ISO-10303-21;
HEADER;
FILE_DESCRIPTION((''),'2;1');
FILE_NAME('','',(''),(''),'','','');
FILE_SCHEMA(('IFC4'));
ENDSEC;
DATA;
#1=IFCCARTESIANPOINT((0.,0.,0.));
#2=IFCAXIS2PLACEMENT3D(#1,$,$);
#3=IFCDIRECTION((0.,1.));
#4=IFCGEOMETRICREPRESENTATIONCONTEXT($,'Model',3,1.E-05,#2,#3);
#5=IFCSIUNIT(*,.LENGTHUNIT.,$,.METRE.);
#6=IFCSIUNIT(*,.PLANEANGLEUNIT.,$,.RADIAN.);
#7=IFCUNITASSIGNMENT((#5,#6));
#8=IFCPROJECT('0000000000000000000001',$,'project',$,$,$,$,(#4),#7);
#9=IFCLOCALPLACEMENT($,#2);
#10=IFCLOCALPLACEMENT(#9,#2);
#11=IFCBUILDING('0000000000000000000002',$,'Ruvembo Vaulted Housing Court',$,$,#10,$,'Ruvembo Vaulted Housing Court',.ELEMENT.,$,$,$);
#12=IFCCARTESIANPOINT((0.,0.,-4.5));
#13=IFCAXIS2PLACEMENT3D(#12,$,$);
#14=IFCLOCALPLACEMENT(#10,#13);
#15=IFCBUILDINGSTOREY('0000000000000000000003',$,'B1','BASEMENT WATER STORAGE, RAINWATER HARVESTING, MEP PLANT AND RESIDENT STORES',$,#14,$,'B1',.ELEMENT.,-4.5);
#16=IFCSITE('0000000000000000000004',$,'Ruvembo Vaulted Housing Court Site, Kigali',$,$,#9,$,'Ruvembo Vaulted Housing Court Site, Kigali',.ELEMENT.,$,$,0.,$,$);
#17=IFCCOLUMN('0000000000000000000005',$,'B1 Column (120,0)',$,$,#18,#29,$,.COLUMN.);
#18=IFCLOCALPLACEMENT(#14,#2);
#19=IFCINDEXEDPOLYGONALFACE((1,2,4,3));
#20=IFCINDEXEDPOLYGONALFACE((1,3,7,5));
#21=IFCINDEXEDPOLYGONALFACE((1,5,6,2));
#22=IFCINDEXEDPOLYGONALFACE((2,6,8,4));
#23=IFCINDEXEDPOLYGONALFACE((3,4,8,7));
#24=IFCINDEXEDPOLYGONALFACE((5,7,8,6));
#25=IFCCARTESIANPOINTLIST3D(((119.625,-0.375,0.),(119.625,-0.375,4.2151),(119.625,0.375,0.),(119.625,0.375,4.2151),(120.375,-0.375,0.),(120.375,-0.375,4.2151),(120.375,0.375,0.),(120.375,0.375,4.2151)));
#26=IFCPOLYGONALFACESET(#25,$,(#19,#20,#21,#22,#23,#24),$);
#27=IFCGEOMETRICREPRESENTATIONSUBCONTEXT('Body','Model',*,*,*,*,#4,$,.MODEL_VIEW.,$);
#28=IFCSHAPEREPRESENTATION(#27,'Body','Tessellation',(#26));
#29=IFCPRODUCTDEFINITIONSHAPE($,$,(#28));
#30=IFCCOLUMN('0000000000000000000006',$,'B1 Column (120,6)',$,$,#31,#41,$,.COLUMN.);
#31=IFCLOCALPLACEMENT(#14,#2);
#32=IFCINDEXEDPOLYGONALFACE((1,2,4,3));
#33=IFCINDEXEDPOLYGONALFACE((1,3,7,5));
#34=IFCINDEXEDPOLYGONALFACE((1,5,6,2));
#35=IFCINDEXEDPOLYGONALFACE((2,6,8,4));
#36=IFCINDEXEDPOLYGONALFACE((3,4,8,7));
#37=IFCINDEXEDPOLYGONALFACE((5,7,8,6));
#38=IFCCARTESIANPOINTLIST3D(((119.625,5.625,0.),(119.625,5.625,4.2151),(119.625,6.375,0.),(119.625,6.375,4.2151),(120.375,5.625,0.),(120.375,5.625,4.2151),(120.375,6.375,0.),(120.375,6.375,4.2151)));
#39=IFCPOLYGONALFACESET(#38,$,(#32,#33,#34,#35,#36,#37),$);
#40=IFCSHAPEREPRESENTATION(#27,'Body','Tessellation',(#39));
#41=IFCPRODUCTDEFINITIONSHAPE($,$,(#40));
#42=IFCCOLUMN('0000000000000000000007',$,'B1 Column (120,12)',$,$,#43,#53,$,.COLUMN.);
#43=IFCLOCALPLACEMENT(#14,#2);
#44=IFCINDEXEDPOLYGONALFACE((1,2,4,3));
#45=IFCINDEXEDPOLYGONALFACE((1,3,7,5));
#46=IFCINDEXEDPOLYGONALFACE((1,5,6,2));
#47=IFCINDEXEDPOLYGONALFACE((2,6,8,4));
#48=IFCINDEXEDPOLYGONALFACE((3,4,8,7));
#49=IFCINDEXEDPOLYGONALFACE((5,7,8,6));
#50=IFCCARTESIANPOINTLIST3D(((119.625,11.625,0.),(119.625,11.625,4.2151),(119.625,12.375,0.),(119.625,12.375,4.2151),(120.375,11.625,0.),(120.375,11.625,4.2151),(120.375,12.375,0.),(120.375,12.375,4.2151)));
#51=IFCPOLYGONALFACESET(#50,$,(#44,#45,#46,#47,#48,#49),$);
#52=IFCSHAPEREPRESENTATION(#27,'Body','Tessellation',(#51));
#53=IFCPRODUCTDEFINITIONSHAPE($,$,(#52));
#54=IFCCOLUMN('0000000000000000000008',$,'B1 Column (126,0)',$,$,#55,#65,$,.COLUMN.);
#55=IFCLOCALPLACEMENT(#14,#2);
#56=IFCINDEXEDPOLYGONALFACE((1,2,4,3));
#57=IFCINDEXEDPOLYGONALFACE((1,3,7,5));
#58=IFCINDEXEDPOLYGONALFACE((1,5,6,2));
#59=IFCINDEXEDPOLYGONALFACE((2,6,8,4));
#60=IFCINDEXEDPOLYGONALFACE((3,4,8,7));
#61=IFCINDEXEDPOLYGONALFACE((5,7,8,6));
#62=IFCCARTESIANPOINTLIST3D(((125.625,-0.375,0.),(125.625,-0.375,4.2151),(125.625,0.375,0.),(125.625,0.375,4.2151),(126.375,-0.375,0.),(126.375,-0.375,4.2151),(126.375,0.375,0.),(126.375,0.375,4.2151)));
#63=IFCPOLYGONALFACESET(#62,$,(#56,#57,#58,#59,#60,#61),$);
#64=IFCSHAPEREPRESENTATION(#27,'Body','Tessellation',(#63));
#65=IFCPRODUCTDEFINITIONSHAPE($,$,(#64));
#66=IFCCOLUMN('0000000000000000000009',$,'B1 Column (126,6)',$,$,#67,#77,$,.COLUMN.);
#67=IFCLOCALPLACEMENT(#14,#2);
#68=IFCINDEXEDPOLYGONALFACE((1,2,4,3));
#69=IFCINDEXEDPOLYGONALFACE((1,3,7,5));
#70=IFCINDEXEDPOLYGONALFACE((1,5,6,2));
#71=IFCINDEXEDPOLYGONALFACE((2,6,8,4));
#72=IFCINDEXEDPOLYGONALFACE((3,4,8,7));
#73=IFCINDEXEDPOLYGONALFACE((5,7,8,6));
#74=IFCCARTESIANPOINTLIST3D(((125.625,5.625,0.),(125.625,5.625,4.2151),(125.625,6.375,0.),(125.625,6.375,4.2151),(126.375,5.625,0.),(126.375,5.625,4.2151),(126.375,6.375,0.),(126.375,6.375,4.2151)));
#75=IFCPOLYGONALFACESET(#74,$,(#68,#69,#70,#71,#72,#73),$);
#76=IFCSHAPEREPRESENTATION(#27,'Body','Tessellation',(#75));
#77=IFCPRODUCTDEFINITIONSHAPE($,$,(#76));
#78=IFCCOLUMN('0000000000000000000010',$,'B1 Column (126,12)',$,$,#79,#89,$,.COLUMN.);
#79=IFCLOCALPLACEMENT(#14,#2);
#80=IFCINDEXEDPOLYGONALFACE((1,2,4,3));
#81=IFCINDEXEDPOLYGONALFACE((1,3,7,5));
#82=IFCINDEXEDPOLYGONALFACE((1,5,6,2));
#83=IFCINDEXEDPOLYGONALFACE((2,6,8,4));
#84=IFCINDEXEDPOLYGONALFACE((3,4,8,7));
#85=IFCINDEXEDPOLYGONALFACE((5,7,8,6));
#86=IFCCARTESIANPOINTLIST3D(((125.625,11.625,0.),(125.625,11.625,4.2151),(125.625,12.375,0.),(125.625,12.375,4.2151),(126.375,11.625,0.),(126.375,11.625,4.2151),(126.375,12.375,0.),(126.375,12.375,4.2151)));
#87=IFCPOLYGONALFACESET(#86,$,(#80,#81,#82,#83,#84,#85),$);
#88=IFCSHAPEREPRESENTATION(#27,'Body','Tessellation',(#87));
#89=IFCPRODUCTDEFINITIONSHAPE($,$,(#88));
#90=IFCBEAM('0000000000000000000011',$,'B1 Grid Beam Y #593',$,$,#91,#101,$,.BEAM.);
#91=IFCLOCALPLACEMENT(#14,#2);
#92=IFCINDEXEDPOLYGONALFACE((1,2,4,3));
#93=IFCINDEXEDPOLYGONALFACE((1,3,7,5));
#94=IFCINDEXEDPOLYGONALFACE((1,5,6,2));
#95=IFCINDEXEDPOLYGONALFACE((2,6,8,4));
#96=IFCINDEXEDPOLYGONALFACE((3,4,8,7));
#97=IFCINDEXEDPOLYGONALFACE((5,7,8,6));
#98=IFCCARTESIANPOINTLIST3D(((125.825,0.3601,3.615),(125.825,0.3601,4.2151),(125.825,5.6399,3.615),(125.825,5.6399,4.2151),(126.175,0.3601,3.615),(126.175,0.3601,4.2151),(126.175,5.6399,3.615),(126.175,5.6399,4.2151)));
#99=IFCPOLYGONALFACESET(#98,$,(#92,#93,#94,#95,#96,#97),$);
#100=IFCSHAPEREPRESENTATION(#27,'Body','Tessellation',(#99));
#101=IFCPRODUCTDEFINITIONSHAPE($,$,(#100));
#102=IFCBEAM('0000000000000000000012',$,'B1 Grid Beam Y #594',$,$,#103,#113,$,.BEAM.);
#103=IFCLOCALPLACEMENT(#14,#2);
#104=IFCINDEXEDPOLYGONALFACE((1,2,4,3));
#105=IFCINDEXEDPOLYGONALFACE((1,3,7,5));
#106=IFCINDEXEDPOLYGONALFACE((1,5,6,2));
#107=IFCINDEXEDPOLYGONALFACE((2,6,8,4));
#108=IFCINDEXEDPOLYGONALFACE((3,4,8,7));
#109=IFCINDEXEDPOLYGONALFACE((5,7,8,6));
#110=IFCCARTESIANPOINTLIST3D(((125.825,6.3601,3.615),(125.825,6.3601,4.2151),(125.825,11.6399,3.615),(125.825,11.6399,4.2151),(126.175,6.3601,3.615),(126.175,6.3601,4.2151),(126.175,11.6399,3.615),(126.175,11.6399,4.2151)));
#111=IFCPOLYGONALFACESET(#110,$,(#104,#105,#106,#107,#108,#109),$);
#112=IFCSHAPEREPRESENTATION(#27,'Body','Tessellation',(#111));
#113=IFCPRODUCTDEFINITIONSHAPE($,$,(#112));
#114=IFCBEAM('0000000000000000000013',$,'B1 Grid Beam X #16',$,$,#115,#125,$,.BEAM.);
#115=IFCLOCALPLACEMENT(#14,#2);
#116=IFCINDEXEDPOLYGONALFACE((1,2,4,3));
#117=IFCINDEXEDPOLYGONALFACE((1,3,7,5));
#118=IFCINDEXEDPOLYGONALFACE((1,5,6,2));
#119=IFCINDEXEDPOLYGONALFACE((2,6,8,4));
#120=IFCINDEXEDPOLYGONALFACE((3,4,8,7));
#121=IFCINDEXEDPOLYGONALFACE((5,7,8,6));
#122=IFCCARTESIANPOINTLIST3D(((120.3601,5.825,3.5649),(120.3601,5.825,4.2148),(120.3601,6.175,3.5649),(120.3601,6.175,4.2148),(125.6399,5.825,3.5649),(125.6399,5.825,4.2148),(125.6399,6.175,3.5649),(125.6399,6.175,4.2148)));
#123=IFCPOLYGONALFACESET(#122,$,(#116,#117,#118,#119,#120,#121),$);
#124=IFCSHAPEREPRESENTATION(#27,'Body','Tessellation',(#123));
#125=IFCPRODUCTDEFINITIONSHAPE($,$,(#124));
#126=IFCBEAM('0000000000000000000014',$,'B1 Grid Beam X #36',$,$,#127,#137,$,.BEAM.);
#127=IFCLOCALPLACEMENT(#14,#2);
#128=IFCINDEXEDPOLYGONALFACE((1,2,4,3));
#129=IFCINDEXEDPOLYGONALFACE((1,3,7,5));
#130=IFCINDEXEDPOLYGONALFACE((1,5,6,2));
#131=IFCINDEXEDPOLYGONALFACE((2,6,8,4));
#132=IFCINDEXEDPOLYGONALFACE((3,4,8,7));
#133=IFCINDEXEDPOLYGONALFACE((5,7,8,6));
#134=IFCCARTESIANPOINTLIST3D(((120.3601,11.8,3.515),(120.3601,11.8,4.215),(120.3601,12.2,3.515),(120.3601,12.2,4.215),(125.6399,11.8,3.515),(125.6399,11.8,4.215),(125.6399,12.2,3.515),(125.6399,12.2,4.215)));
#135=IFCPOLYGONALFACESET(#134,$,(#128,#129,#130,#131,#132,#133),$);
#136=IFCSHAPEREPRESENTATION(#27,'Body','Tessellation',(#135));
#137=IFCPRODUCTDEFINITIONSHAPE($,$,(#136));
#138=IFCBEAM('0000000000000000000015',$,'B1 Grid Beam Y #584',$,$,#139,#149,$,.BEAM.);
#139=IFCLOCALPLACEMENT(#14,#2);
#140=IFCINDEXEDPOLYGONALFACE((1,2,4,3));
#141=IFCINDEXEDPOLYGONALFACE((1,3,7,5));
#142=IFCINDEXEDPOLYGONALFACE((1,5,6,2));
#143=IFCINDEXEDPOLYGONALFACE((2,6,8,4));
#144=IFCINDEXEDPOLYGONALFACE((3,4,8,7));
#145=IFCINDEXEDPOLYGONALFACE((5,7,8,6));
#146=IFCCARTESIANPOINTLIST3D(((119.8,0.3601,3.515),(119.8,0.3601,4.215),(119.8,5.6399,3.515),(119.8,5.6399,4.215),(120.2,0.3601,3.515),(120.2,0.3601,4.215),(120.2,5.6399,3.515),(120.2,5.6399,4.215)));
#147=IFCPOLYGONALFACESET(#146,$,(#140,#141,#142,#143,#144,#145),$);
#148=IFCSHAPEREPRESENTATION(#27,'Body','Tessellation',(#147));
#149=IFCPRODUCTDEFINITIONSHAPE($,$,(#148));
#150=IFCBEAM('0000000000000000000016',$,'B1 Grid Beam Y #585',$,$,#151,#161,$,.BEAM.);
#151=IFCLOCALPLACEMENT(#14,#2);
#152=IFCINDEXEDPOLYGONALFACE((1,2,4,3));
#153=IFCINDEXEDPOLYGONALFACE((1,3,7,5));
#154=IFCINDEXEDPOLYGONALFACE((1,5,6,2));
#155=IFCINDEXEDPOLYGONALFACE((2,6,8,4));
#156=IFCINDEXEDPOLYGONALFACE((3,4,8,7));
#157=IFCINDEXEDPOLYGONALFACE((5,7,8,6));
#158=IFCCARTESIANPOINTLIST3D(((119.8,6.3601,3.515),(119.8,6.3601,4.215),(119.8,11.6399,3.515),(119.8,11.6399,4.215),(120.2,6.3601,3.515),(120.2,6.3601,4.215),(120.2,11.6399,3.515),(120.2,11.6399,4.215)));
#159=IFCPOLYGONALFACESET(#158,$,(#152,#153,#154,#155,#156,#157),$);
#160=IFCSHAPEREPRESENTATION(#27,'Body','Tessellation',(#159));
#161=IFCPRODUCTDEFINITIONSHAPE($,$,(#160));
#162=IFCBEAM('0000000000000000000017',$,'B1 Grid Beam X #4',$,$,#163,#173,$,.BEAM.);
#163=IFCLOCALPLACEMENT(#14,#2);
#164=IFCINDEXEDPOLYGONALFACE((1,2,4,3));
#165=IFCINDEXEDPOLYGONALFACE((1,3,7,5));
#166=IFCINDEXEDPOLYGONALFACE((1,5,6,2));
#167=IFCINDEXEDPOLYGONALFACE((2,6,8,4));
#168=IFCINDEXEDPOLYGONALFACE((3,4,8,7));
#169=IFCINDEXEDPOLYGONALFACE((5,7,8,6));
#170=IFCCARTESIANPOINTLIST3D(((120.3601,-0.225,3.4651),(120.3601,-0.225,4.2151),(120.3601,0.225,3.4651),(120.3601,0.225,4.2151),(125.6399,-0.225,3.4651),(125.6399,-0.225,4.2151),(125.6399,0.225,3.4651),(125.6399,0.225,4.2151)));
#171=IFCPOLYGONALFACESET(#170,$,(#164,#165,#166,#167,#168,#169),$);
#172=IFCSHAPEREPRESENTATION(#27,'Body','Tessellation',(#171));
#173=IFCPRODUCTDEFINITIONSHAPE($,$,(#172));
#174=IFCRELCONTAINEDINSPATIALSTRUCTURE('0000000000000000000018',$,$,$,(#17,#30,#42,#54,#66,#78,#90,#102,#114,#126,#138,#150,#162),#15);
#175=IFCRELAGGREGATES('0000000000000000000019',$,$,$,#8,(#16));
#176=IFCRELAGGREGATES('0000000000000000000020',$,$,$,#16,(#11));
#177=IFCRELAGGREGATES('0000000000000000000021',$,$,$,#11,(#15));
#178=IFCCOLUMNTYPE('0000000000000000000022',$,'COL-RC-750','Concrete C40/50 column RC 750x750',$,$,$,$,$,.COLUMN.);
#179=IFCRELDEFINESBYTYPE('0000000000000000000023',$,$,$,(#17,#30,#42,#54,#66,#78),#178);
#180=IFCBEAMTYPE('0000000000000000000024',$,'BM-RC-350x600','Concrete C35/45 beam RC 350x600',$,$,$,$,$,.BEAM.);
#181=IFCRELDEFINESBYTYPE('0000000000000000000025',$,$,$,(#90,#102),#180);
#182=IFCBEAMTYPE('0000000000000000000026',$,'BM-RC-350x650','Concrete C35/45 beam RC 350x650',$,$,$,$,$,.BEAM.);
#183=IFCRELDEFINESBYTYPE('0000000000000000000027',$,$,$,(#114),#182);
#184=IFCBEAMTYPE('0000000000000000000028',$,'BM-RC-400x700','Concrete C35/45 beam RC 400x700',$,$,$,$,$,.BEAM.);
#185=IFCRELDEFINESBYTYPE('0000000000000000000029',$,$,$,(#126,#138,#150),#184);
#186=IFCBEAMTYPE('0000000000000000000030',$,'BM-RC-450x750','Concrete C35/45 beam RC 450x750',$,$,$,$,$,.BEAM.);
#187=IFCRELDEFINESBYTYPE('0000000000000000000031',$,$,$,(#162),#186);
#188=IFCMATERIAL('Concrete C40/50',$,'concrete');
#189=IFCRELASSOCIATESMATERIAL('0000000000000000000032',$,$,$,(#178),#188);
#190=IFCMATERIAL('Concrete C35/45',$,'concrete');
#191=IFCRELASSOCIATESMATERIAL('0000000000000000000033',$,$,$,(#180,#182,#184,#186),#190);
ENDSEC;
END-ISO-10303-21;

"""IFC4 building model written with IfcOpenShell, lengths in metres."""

from ifc_helpers import new_model, si_unit, direction, frame, origin, origin_2d, place, context, subcontext, project, spatial, rectangle, extrude, material, material_profile, profile_set, type_object, element, save


model = new_model("IFC4")

# Units and contexts
model_context = context("Model", 3, precision=1e-05, world=origin(), true_north=direction((0.0, 1.0)))
body_context = subcontext(model_context, "Body", "Model", "MODEL_VIEW")
ifc_project = project(units=[si_unit("LENGTHUNIT", "METRE"), si_unit("PLANEANGLEUNIT", "RADIAN")], contexts=[model_context])

# Site, building, storey
site_placement = place(None, origin())
site = spatial("IfcSite", under=ifc_project, at=site_placement, Name="Ruvembo Vaulted Housing Court Site, Kigali", LongName="Ruvembo Vaulted Housing Court Site, Kigali", CompositionType="ELEMENT", RefElevation=0.0)
building_placement = place(site_placement, origin())
building = spatial("IfcBuilding", under=site, at=building_placement, Name="Ruvembo Vaulted Housing Court", LongName="Ruvembo Vaulted Housing Court", CompositionType="ELEMENT")
storey_placement = place(building_placement, frame((0.0, 0.0, -4.5)))
storey = spatial("IfcBuildingStorey", under=building, at=storey_placement, Name="B1", Description="BASEMENT WATER STORAGE, RAINWATER HARVESTING, MEP PLANT AND RESIDENT STORES", LongName="B1", CompositionType="ELEMENT", Elevation=-4.5)

# Shared definitions
ifc_material_1 = material(Name="Concrete C35/45", Category="concrete")

# Columns
ifc_material_2 = material(Name="Concrete C40/50", Category="concrete")
ifc_material_profile_1 = material_profile(ifc_material_2, rectangle(XDim=0.75, YDim=0.75, at=origin_2d()), Name="RC 750x750")
ifc_profile_set_1 = profile_set([ifc_material_profile_1], Name="Concrete C40/50")
column_type = type_object("IfcColumnType", Name="COL-RC-750", Description="Concrete C40/50 column RC 750x750", PredefinedType="COLUMN", material=ifc_profile_set_1)
for number, where, z_axis, x_axis, name in (
    (1, (120.0, 0.0, 0.0), (0.0, 0.0, 1.0), (1.0, 0.0, 0.0), "B1 Column (120,0)"),
    (2, (120.0, 6.0, 0.0), (0.0, 0.0, 1.0), (1.0, 0.0, 0.0), "B1 Column (120,6)"),
    (3, (120.0, 12.0, 0.0), (0.0, 0.0, 1.0), (1.0, 0.0, 0.0), "B1 Column (120,12)"),
    (4, (126.0, 0.0, 0.0), (0.0, 0.0, 1.0), (1.0, 0.0, 0.0), "B1 Column (126,0)"),
    (5, (126.0, 6.0, 0.0), (0.0, 0.0, 1.0), (1.0, 0.0, 0.0), "B1 Column (126,6)"),
    (6, (126.0, 12.0, 0.0), (0.0, 0.0, 1.0), (1.0, 0.0, 0.0), "B1 Column (126,12)"),
):
    element("IfcColumn", number, at=place(storey_placement, frame(where, z_axis=z_axis, x_axis=x_axis)), inside=storey, type_object=column_type, Name=name, PredefinedType="COLUMN", context=body_context, shape_type="SweptSolid", body=[
        extrude(rectangle(XDim=0.75, YDim=0.75, at=origin_2d()), origin(), (0.0, 0.0, 1.0), 4.2151),
    ])

# Beams
ifc_material_profile_2 = material_profile(ifc_material_1, rectangle(XDim=0.3501, YDim=0.6001, at=origin_2d()), Name="RC 350x600")
ifc_profile_set_2 = profile_set([ifc_material_profile_2], Name="Concrete C35/45")
beam_type_1 = type_object("IfcBeamType", Name="BM-RC-350x600", Description="Concrete C35/45 beam RC 350x600", PredefinedType="BEAM", material=ifc_profile_set_2)
for number, where, z_axis, x_axis, name in (
    (7, (126.0, 0.3601, 3.915), (0.0, 1.0, 0.0), (-1.0, 0.0, 0.0), "B1 Grid Beam Y #593"),
    (8, (126.0, 6.3601, 3.915), (0.0, 1.0, 0.0), (-1.0, 0.0, 0.0), "B1 Grid Beam Y #594"),
):
    element("IfcBeam", number, at=place(storey_placement, frame(where, z_axis=z_axis, x_axis=x_axis)), inside=storey, type_object=beam_type_1, Name=name, PredefinedType="BEAM", context=body_context, shape_type="SweptSolid", body=[
        extrude(rectangle(XDim=0.3501, YDim=0.6001, at=origin_2d()), origin(), (0.0, 0.0, 1.0), 5.2798),
    ])
ifc_material_profile_3 = material_profile(ifc_material_1, rectangle(XDim=0.3501, YDim=0.6499, at=origin_2d()), Name="RC 350x650")
ifc_profile_set_3 = profile_set([ifc_material_profile_3], Name="Concrete C35/45")
beam_type_2 = type_object("IfcBeamType", Name="BM-RC-350x650", Description="Concrete C35/45 beam RC 350x650", PredefinedType="BEAM", material=ifc_profile_set_3)
beam_1_placement = place(storey_placement, frame((120.3601, 6.0, 3.8899), z_axis=(1.0, 0.0, 0.0), x_axis=(0.0, 1.0, 0.0)))
element("IfcBeam", 9, at=beam_1_placement, inside=storey, type_object=beam_type_2, Name="B1 Grid Beam X #16", PredefinedType="BEAM", context=body_context, shape_type="SweptSolid", body=[
    extrude(rectangle(XDim=0.3501, YDim=0.6499, at=origin_2d()), origin(), (0.0, 0.0, 1.0), 5.2798),
])
ifc_material_profile_4 = material_profile(ifc_material_1, rectangle(XDim=0.3999, YDim=0.7, at=origin_2d()), Name="RC 400x700")
ifc_profile_set_4 = profile_set([ifc_material_profile_4], Name="Concrete C35/45")
beam_type_3 = type_object("IfcBeamType", Name="BM-RC-400x700", Description="Concrete C35/45 beam RC 400x700", PredefinedType="BEAM", material=ifc_profile_set_4)
for number, where, z_axis, x_axis, name in (
    (10, (120.3601, 12.0, 3.865), (1.0, 0.0, 0.0), (0.0, 1.0, 0.0), "B1 Grid Beam X #36"),
    (11, (120.0, 0.3601, 3.865), (0.0, 1.0, 0.0), (-1.0, 0.0, 0.0), "B1 Grid Beam Y #584"),
    (12, (120.0, 6.3601, 3.865), (0.0, 1.0, 0.0), (-1.0, 0.0, 0.0), "B1 Grid Beam Y #585"),
):
    element("IfcBeam", number, at=place(storey_placement, frame(where, z_axis=z_axis, x_axis=x_axis)), inside=storey, type_object=beam_type_3, Name=name, PredefinedType="BEAM", context=body_context, shape_type="SweptSolid", body=[
        extrude(rectangle(XDim=0.3999, YDim=0.7, at=origin_2d()), origin(), (0.0, 0.0, 1.0), 5.2798),
    ])
ifc_material_profile_5 = material_profile(ifc_material_1, rectangle(XDim=0.45, YDim=0.75, at=origin_2d()), Name="RC 450x750")
ifc_profile_set_5 = profile_set([ifc_material_profile_5], Name="Concrete C35/45")
beam_type_4 = type_object("IfcBeamType", Name="BM-RC-450x750", Description="Concrete C35/45 beam RC 450x750", PredefinedType="BEAM", material=ifc_profile_set_5)
beam_2_placement = place(storey_placement, frame((120.3601, 0.0, 3.8401), z_axis=(1.0, 0.0, 0.0), x_axis=(0.0, 1.0, 0.0)))
element("IfcBeam", 13, at=beam_2_placement, inside=storey, type_object=beam_type_4, Name="B1 Grid Beam X #4", PredefinedType="BEAM", context=body_context, shape_type="SweptSolid", body=[
    extrude(rectangle(XDim=0.45, YDim=0.75, at=origin_2d()), origin(), (0.0, 0.0, 1.0), 5.2798),
])

save(model, "model.ifc")
